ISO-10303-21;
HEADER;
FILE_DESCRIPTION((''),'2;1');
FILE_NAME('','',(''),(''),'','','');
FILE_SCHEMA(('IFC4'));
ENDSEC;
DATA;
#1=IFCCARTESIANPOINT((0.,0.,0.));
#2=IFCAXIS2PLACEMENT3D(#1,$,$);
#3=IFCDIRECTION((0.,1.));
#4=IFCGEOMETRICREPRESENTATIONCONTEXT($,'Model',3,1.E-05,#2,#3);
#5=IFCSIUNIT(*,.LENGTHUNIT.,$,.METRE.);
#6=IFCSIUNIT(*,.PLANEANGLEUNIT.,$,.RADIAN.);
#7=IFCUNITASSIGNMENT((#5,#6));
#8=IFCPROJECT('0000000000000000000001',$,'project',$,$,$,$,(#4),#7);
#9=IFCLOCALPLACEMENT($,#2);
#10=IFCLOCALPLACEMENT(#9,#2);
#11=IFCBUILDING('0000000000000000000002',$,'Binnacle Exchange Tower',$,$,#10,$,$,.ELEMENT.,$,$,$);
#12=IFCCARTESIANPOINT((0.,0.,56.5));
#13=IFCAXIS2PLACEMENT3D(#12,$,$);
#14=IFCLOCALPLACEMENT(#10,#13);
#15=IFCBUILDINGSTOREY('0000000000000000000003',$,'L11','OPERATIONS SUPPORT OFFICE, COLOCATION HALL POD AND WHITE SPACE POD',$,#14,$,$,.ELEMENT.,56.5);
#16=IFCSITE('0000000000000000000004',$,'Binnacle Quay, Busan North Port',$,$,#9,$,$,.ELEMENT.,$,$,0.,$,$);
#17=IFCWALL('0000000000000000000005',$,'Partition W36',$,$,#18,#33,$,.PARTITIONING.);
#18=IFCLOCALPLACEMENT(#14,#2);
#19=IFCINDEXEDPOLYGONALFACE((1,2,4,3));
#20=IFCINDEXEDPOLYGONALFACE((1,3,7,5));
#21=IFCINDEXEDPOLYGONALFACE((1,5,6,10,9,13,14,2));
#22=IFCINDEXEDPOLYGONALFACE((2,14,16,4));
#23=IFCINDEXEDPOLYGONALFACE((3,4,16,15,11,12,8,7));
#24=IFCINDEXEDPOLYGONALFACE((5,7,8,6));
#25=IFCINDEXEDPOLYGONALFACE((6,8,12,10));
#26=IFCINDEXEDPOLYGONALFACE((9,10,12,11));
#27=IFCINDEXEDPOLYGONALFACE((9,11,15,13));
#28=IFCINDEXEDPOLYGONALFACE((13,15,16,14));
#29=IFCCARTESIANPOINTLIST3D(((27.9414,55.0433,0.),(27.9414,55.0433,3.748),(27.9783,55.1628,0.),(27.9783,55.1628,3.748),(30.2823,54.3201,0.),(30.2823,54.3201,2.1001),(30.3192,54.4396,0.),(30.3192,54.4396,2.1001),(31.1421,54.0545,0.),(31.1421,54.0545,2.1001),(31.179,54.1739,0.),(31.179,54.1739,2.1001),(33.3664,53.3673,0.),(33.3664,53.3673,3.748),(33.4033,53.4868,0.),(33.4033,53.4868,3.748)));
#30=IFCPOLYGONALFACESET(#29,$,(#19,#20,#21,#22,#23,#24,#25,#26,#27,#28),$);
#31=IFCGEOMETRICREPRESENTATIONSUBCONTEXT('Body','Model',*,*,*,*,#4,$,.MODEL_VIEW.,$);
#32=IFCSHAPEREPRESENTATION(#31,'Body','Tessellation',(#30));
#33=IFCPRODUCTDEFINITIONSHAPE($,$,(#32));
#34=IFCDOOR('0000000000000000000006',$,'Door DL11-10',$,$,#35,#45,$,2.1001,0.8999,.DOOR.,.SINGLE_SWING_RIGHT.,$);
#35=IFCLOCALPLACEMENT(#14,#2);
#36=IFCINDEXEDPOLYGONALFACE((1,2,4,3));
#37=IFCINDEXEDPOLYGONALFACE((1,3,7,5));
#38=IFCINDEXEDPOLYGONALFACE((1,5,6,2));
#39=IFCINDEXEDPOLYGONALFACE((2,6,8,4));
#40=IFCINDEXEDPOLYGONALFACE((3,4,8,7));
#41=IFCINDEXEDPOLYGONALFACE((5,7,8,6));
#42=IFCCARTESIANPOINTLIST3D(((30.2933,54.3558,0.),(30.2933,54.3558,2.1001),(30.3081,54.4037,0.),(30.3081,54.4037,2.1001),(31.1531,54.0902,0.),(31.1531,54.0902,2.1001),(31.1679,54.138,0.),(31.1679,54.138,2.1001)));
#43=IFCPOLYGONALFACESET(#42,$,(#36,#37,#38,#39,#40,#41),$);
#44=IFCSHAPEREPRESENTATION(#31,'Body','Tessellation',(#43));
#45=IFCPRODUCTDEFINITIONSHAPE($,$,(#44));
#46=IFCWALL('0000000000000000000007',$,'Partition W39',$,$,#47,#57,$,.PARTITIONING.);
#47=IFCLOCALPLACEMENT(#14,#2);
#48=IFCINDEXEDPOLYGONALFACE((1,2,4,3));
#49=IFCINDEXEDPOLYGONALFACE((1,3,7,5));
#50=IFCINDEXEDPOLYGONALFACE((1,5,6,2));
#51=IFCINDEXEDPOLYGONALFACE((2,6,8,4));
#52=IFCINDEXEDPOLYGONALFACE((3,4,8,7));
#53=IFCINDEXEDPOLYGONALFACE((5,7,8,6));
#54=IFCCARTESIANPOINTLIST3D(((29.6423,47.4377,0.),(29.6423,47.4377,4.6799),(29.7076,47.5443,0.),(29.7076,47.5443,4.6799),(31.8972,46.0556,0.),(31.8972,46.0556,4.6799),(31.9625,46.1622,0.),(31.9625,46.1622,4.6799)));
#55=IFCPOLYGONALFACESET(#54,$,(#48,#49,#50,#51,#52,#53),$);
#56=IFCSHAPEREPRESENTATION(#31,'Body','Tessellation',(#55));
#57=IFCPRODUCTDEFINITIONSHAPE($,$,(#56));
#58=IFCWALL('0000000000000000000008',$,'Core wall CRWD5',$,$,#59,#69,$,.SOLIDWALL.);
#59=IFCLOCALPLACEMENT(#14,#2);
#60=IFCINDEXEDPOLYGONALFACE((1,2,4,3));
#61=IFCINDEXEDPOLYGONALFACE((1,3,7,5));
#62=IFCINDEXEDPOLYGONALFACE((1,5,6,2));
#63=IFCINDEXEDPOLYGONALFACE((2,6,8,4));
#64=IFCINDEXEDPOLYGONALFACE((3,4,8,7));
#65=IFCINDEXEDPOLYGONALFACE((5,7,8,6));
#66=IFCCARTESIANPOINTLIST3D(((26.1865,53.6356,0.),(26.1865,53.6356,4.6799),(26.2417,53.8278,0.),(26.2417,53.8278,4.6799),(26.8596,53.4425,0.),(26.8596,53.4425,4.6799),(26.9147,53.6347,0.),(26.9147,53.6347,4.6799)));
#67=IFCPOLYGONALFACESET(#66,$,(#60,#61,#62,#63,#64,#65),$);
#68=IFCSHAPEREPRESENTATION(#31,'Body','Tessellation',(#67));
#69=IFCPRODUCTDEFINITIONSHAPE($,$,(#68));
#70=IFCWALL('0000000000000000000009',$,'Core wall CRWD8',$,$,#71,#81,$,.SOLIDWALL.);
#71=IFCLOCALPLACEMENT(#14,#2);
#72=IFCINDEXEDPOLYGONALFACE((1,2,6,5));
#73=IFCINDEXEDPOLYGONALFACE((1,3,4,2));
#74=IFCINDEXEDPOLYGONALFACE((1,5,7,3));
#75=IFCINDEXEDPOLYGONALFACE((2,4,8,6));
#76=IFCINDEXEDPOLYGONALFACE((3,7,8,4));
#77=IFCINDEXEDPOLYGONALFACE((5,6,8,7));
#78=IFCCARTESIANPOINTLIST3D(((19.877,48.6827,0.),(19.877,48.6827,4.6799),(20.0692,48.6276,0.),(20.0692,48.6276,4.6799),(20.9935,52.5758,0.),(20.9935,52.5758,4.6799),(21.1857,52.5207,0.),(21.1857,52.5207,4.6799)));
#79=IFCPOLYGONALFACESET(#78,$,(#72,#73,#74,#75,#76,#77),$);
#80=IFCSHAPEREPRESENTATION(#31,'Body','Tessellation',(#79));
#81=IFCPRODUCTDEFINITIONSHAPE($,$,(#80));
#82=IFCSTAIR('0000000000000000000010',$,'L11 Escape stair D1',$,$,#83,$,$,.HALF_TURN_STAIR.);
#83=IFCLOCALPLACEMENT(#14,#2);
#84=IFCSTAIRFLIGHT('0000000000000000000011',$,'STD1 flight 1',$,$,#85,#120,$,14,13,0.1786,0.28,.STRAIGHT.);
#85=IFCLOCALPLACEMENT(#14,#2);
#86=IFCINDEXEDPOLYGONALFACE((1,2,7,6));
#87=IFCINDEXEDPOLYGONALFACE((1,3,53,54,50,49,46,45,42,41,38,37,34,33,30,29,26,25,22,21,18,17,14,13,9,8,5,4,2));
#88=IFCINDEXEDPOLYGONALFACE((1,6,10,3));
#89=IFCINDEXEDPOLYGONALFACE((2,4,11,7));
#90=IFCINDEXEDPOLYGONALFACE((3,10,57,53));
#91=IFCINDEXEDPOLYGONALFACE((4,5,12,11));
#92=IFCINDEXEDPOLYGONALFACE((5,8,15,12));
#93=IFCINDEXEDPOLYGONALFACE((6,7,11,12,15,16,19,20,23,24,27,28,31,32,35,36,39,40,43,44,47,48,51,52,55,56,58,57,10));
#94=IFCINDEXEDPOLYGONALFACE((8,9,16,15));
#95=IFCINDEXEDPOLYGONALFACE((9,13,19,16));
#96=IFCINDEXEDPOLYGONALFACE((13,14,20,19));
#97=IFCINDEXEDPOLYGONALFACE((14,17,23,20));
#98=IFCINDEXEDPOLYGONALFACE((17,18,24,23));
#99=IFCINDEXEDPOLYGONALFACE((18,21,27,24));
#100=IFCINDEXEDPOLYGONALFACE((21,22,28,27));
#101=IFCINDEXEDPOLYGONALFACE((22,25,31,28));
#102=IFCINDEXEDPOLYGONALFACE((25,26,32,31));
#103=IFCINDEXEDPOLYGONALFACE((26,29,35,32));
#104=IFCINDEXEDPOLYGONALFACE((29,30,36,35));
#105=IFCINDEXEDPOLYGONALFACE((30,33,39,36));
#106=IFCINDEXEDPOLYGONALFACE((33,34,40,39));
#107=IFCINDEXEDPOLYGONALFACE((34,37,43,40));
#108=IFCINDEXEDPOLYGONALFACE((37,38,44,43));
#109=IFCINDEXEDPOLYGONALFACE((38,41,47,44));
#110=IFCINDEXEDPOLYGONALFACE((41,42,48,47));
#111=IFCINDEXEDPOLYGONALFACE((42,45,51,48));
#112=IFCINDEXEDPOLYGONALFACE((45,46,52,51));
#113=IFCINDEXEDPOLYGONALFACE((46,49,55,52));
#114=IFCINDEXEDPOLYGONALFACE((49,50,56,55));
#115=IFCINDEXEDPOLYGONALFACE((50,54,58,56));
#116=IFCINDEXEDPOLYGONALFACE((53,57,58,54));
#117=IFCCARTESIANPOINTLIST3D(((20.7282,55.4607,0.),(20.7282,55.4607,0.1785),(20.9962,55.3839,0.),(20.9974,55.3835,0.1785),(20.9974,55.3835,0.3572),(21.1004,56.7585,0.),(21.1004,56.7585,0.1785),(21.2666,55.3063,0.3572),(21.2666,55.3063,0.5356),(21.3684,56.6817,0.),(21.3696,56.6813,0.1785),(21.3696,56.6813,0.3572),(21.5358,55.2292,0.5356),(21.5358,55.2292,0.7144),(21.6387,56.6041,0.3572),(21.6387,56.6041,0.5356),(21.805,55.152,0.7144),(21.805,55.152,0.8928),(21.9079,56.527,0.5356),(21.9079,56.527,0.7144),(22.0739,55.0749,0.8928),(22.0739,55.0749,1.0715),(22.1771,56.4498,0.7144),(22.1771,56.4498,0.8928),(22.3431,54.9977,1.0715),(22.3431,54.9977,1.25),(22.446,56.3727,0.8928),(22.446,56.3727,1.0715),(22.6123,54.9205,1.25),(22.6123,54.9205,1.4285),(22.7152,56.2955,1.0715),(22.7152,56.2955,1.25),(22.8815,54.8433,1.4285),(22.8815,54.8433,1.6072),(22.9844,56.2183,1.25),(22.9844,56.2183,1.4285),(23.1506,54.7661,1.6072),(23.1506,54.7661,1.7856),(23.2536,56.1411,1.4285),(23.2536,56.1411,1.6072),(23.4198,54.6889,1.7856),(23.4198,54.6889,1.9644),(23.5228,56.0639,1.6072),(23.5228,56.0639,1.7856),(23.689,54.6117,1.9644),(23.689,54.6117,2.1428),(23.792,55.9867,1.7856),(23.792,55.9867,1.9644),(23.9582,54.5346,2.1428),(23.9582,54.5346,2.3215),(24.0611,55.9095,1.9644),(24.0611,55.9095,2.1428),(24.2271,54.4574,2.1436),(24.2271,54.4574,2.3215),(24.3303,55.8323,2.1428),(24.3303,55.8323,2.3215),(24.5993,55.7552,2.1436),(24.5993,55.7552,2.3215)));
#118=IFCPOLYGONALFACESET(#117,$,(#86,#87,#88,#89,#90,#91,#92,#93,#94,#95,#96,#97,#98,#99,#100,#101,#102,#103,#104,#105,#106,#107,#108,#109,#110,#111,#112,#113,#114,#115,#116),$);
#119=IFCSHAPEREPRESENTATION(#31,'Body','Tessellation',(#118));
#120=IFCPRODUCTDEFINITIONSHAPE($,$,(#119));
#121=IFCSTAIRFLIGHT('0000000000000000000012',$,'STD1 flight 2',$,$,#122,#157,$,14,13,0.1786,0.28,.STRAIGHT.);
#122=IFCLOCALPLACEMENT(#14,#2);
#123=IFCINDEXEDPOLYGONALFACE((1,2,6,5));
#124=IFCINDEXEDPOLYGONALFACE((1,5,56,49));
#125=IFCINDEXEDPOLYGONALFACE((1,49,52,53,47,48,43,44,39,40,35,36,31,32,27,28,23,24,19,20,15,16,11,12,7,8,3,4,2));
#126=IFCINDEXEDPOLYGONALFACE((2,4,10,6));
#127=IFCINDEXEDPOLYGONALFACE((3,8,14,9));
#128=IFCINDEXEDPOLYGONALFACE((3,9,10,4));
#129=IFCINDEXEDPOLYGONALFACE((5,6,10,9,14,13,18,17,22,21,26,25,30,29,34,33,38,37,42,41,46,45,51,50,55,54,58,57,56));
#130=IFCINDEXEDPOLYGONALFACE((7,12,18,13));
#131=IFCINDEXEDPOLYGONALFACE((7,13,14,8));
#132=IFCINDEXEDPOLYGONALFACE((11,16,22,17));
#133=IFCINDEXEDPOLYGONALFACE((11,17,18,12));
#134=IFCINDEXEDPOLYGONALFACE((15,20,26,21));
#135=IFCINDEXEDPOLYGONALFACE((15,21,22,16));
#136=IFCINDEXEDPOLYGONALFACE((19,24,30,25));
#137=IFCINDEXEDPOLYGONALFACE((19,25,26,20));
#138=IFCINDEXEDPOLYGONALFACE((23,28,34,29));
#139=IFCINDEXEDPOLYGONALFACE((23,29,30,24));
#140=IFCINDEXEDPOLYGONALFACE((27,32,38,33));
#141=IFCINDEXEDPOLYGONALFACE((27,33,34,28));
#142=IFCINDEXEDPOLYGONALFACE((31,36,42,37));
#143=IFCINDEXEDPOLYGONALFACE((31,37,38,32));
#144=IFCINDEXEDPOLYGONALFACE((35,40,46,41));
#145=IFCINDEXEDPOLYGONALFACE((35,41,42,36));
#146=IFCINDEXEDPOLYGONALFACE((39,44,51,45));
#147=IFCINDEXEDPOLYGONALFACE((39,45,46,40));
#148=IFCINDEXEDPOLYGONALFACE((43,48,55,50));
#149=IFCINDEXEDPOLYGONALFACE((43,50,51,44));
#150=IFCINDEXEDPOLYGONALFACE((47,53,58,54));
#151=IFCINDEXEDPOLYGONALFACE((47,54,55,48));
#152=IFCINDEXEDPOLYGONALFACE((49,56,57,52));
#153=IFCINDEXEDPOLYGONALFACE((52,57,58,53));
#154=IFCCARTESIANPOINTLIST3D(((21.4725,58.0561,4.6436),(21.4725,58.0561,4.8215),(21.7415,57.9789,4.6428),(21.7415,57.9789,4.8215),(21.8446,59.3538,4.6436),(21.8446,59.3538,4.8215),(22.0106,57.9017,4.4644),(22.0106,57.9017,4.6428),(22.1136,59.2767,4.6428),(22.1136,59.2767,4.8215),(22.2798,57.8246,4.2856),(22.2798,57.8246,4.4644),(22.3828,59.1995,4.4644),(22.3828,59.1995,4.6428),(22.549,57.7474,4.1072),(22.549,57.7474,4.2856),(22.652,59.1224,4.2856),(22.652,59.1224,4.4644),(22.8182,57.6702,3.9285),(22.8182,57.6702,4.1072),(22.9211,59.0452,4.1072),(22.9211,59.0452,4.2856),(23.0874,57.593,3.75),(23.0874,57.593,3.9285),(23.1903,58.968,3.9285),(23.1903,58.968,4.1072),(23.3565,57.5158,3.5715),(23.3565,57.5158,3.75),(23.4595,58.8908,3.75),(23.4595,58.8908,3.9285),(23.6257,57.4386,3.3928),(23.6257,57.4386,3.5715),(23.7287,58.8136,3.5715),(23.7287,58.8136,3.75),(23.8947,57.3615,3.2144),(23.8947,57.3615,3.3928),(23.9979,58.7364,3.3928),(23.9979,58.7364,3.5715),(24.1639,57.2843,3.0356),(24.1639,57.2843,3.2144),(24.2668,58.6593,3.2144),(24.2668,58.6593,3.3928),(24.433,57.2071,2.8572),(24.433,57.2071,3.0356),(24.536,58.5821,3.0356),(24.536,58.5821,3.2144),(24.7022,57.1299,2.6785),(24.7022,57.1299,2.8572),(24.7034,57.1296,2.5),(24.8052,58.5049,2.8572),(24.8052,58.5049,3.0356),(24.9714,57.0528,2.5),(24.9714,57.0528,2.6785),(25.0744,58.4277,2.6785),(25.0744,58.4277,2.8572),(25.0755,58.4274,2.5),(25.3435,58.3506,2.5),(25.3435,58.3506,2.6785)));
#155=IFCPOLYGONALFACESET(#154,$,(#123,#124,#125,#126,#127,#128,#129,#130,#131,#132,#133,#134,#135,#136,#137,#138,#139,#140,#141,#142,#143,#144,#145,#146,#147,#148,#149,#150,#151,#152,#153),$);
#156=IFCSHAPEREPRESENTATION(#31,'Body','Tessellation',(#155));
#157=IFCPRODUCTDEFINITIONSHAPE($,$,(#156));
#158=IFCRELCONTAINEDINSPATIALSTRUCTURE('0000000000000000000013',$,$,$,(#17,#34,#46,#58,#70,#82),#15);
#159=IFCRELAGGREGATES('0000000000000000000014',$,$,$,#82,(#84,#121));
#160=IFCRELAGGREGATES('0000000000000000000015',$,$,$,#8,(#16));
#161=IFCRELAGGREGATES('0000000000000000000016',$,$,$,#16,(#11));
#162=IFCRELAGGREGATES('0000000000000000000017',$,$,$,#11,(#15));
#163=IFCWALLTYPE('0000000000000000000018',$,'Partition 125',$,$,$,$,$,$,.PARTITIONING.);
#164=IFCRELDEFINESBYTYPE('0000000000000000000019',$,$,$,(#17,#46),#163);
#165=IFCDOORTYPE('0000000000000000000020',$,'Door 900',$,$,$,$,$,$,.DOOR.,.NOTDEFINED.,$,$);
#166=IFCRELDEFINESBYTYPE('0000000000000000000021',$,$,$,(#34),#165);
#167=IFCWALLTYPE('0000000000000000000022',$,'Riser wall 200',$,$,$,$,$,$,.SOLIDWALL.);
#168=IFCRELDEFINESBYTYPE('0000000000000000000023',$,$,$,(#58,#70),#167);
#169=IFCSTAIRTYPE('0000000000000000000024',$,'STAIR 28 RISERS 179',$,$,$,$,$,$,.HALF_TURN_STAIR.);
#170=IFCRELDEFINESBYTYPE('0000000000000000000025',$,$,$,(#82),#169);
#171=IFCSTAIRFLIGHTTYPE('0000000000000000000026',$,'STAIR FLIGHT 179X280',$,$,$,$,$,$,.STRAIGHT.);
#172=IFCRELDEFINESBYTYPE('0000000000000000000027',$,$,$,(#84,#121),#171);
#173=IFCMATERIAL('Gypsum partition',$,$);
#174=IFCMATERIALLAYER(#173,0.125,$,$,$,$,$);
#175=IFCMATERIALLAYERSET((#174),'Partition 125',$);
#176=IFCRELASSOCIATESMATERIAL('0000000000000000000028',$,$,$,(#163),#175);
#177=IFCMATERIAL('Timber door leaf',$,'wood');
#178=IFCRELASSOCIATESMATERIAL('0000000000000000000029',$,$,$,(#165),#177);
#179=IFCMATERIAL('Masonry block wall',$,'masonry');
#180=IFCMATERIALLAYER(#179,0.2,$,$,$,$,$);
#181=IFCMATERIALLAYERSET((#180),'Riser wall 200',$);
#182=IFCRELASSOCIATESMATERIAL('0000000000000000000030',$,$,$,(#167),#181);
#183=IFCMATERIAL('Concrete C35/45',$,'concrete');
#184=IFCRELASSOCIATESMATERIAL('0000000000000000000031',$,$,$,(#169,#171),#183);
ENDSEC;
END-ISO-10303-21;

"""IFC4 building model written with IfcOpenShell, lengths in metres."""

from ifc_helpers import new_model, si_unit, direction, frame, frame_2d, origin, place, context, subcontext, project, spatial, polyline, rectangle, outline, extrude, material, layer, layer_set, type_object, element, fill, aggregate, save


model = new_model("IFC4")

# Units and contexts
model_context = context("Model", 3, precision=1e-05, world=origin(), true_north=direction((0.0, 1.0)))
body_context = subcontext(model_context, "Body", "Model", "MODEL_VIEW")
ifc_project = project(units=[si_unit("LENGTHUNIT", "METRE"), si_unit("PLANEANGLEUNIT", "RADIAN")], contexts=[model_context])

# Site, building, storey
site_placement = place(None, origin())
site = spatial("IfcSite", under=ifc_project, at=site_placement, Name="Binnacle Quay, Busan North Port", CompositionType="ELEMENT", RefElevation=0.0)
building_placement = place(site_placement, origin())
building = spatial("IfcBuilding", under=site, at=building_placement, Name="Binnacle Exchange Tower", CompositionType="ELEMENT")
storey_placement = place(building_placement, frame((0.0, 0.0, 56.5)))
storey = spatial("IfcBuildingStorey", under=building, at=storey_placement, Name="L11", Description="OPERATIONS SUPPORT OFFICE, COLOCATION HALL POD AND WHITE SPACE POD", CompositionType="ELEMENT", Elevation=56.5)

# Shared definitions
ifc_material_1 = material(Name="Masonry block wall", Category="masonry")

# Shared definitions
ifc_material_2 = material(Name="Gypsum partition")
ifc_layer_1 = layer(ifc_material_2, 0.125)
ifc_layer_set_1 = layer_set([ifc_layer_1], Name="Partition 125")
wall_type_1 = type_object("IfcWallType", Name="Partition 125", PredefinedType="PARTITIONING", material=ifc_layer_set_1)

# Wall, opening, door
wall_1_placement = place(storey_placement, frame((27.96, 55.103, 0.0), z_axis=(0.0, 0.0, 1.0), x_axis=(0.955443, -0.295176, 0.0)))
wall_1 = element("IfcWall", 1, at=wall_1_placement, inside=storey, type_object=wall_type_1, Name="Partition W36", PredefinedType="PARTITIONING", context=body_context, shape_type="SweptSolid", body=[
    extrude(rectangle(XDim=5.678, YDim=0.125, at=frame_2d((2.8389, 0.0))), origin(), (0.0, 0.0, 1.0), 3.748),
])
opening_1_placement = place(wall_1_placement, frame((2.45, 0.0, 0.0)))
opening_1 = element("IfcOpeningElement", 2, at=opening_1_placement, cuts=wall_1, PredefinedType="OPENING", context=body_context, shape_type="SweptSolid", body=[
    extrude(rectangle(XDim=0.8999, YDim=2.1001, at=frame_2d((0.45, 1.05))), frame((0.0, 0.0725, 0.0), z_axis=(0.0, -1.0, 0.0), x_axis=(1.0, 0.0, 0.0)), (0.0, 0.0, 1.0), 0.145),
])
ifc_material_3 = material(Name="Timber door leaf", Category="wood")
door_type_1 = type_object("IfcDoorType", Name="Door 900", OperationType="NOTDEFINED", PredefinedType="DOOR", material=ifc_material_3)
door_1_placement = place(opening_1_placement, origin())
door_1 = element("IfcDoor", 3, at=door_1_placement, inside=storey, type_object=door_type_1, Name="Door DL11-10", OperationType="SINGLE_SWING_RIGHT", OverallHeight=2.1001, OverallWidth=0.8999, PredefinedType="DOOR", context=body_context, shape_type="SweptSolid", body=[
    extrude(rectangle(XDim=0.8999, YDim=2.1001, at=frame_2d((0.45, 1.05))), frame((0.0, 0.0249, 0.0), z_axis=(0.0, -1.0, 0.0), x_axis=(1.0, 0.0, 0.0)), (0.0, 0.0, 1.0), 0.05),
])
fill(opening_1, door_1)

# Walls
wall_2_placement = place(storey_placement, frame((29.675, 47.491, 0.0), z_axis=(0.0, 0.0, 1.0), x_axis=(0.852592, -0.522577, 0.0)))
element("IfcWall", 4, at=wall_2_placement, inside=storey, type_object=wall_type_1, Name="Partition W39", PredefinedType="PARTITIONING", context=body_context, shape_type="SweptSolid", body=[
    extrude(rectangle(XDim=2.6448, YDim=0.125, at=frame_2d((1.3223, 0.0))), origin(), (0.0, 0.0, 1.0), 4.6799),
])
ifc_layer_2 = layer(ifc_material_1, 0.2)
ifc_layer_set_2 = layer_set([ifc_layer_2], Name="Riser wall 200")
wall_type_2 = type_object("IfcWallType", Name="Riser wall 200", PredefinedType="SOLIDWALL", material=ifc_layer_set_2)
wall_3_placement = place(storey_placement, frame((26.2141, 53.7317, 0.0), z_axis=(0.0, 0.0, 1.0), x_axis=(0.961221, -0.27578, 0.0)))
element("IfcWall", 5, at=wall_3_placement, inside=storey, type_object=wall_type_2, Name="Core wall CRWD5", PredefinedType="SOLIDWALL", context=body_context, shape_type="SweptSolid", body=[
    extrude(rectangle(XDim=0.7002, YDim=0.2, at=frame_2d((0.3501, 0.0))), origin(), (0.0, 0.0, 1.0), 4.6799),
])
wall_4_placement = place(storey_placement, frame((19.9731, 48.6553, 0.0), z_axis=(0.0, 0.0, 1.0), x_axis=(0.275668, 0.961253, 0.0)))
element("IfcWall", 6, at=wall_4_placement, inside=storey, type_object=wall_type_2, Name="Core wall CRWD8", PredefinedType="SOLIDWALL", context=body_context, shape_type="SweptSolid", body=[
    extrude(rectangle(XDim=4.05, YDim=0.2, at=frame_2d((2.0249, 0.0))), origin(), (0.0, 0.0, 1.0), 4.6799),
])

# Stair, stair flights
ifc_material_4 = material(Name="Concrete C35/45", Category="concrete")
stair_type = type_object("IfcStairType", Name="STAIR 28 RISERS 179", PredefinedType="HALF_TURN_STAIR", material=ifc_material_4)
stair_placement = place(storey_placement, origin())
stair = element("IfcStair", 7, at=stair_placement, inside=storey, type_object=stair_type, Name="L11 Escape stair D1", PredefinedType="HALF_TURN_STAIR")
stair_flight_type = type_object("IfcStairFlightType", Name="STAIR FLIGHT 179X280", PredefinedType="STRAIGHT", material=ifc_material_4)
stair_flight_1_placement = place(storey_placement, frame((20.9143, 56.1096, 0.0), z_axis=(0.0, 0.0, 1.0), x_axis=(0.961262, -0.275637, 0.0)))
stair_flight_1 = element("IfcStairFlight", 8, at=stair_flight_1_placement, type_object=stair_flight_type, Name="STD1 flight 1", NumberOfRisers=14, NumberOfTreads=13, PredefinedType="STRAIGHT", RiserHeight=0.1786, TreadLength=0.28, context=body_context, shape_type="SweptSolid", body=[
    extrude(outline(polyline([(0.0, 0.0), (0.0, 0.1785), (0.28, 0.1785), (0.28, 0.3572), (0.5601, 0.3572), (0.5601, 0.5356), (0.8401, 0.5356), (0.8401, 0.7144), (1.1201, 0.7144), (1.1201, 0.8928), (1.3999, 0.8928), (1.3999, 1.0715), (1.6799, 1.0715), (1.6799, 1.25), (1.96, 1.25), (1.96, 1.4285), (2.24, 1.4285), (2.24, 1.6072), (2.52, 1.6072), (2.52, 1.7856), (2.8, 1.7856), (2.8, 1.9644), (3.0801, 1.9644), (3.0801, 2.1428), (3.3601, 2.1428), (3.3601, 2.3215), (3.6399, 2.3215), (3.6399, 2.5), (3.6399, 2.1436), (0.2788, 0.0), (0.0, 0.0)])), frame((0.0, 0.675, 0.0), z_axis=(0.0, -1.0, 0.0), x_axis=(1.0, 0.0, 0.0)), (0.0, 0.0, 1.0), 1.3501),
])
stair_flight_2_placement = place(storey_placement, frame((25.1575, 57.7017, 2.5), z_axis=(0.0, 0.0, 1.0), x_axis=(-0.961262, 0.275637, 0.0)))
stair_flight_2 = element("IfcStairFlight", 9, at=stair_flight_2_placement, type_object=stair_flight_type, Name="STD1 flight 2", NumberOfRisers=14, NumberOfTreads=13, PredefinedType="STRAIGHT", RiserHeight=0.1786, TreadLength=0.28, context=body_context, shape_type="SweptSolid", body=[
    extrude(outline(polyline([(0.0, 0.0), (0.0, 0.1785), (0.28, 0.1785), (0.28, 0.3572), (0.5601, 0.3572), (0.5601, 0.5356), (0.8401, 0.5356), (0.8401, 0.7144), (1.1201, 0.7144), (1.1201, 0.8928), (1.3999, 0.8928), (1.3999, 1.0715), (1.6799, 1.0715), (1.6799, 1.25), (1.96, 1.25), (1.96, 1.4285), (2.24, 1.4285), (2.24, 1.6072), (2.52, 1.6072), (2.52, 1.7856), (2.8, 1.7856), (2.8, 1.9644), (3.0801, 1.9644), (3.0801, 2.1428), (3.3601, 2.1428), (3.3601, 2.3215), (3.6399, 2.3215), (3.6399, 2.5), (3.6399, 2.1436), (0.2788, 0.0), (0.0, 0.0)])), frame((0.0, 0.675, 0.0), z_axis=(0.0, -1.0, 0.0), x_axis=(1.0, 0.0, 0.0)), (0.0, 0.0, 1.0), 1.3501),
])
aggregate(stair, [stair_flight_1, stair_flight_2])

save(model, "model.ifc")
